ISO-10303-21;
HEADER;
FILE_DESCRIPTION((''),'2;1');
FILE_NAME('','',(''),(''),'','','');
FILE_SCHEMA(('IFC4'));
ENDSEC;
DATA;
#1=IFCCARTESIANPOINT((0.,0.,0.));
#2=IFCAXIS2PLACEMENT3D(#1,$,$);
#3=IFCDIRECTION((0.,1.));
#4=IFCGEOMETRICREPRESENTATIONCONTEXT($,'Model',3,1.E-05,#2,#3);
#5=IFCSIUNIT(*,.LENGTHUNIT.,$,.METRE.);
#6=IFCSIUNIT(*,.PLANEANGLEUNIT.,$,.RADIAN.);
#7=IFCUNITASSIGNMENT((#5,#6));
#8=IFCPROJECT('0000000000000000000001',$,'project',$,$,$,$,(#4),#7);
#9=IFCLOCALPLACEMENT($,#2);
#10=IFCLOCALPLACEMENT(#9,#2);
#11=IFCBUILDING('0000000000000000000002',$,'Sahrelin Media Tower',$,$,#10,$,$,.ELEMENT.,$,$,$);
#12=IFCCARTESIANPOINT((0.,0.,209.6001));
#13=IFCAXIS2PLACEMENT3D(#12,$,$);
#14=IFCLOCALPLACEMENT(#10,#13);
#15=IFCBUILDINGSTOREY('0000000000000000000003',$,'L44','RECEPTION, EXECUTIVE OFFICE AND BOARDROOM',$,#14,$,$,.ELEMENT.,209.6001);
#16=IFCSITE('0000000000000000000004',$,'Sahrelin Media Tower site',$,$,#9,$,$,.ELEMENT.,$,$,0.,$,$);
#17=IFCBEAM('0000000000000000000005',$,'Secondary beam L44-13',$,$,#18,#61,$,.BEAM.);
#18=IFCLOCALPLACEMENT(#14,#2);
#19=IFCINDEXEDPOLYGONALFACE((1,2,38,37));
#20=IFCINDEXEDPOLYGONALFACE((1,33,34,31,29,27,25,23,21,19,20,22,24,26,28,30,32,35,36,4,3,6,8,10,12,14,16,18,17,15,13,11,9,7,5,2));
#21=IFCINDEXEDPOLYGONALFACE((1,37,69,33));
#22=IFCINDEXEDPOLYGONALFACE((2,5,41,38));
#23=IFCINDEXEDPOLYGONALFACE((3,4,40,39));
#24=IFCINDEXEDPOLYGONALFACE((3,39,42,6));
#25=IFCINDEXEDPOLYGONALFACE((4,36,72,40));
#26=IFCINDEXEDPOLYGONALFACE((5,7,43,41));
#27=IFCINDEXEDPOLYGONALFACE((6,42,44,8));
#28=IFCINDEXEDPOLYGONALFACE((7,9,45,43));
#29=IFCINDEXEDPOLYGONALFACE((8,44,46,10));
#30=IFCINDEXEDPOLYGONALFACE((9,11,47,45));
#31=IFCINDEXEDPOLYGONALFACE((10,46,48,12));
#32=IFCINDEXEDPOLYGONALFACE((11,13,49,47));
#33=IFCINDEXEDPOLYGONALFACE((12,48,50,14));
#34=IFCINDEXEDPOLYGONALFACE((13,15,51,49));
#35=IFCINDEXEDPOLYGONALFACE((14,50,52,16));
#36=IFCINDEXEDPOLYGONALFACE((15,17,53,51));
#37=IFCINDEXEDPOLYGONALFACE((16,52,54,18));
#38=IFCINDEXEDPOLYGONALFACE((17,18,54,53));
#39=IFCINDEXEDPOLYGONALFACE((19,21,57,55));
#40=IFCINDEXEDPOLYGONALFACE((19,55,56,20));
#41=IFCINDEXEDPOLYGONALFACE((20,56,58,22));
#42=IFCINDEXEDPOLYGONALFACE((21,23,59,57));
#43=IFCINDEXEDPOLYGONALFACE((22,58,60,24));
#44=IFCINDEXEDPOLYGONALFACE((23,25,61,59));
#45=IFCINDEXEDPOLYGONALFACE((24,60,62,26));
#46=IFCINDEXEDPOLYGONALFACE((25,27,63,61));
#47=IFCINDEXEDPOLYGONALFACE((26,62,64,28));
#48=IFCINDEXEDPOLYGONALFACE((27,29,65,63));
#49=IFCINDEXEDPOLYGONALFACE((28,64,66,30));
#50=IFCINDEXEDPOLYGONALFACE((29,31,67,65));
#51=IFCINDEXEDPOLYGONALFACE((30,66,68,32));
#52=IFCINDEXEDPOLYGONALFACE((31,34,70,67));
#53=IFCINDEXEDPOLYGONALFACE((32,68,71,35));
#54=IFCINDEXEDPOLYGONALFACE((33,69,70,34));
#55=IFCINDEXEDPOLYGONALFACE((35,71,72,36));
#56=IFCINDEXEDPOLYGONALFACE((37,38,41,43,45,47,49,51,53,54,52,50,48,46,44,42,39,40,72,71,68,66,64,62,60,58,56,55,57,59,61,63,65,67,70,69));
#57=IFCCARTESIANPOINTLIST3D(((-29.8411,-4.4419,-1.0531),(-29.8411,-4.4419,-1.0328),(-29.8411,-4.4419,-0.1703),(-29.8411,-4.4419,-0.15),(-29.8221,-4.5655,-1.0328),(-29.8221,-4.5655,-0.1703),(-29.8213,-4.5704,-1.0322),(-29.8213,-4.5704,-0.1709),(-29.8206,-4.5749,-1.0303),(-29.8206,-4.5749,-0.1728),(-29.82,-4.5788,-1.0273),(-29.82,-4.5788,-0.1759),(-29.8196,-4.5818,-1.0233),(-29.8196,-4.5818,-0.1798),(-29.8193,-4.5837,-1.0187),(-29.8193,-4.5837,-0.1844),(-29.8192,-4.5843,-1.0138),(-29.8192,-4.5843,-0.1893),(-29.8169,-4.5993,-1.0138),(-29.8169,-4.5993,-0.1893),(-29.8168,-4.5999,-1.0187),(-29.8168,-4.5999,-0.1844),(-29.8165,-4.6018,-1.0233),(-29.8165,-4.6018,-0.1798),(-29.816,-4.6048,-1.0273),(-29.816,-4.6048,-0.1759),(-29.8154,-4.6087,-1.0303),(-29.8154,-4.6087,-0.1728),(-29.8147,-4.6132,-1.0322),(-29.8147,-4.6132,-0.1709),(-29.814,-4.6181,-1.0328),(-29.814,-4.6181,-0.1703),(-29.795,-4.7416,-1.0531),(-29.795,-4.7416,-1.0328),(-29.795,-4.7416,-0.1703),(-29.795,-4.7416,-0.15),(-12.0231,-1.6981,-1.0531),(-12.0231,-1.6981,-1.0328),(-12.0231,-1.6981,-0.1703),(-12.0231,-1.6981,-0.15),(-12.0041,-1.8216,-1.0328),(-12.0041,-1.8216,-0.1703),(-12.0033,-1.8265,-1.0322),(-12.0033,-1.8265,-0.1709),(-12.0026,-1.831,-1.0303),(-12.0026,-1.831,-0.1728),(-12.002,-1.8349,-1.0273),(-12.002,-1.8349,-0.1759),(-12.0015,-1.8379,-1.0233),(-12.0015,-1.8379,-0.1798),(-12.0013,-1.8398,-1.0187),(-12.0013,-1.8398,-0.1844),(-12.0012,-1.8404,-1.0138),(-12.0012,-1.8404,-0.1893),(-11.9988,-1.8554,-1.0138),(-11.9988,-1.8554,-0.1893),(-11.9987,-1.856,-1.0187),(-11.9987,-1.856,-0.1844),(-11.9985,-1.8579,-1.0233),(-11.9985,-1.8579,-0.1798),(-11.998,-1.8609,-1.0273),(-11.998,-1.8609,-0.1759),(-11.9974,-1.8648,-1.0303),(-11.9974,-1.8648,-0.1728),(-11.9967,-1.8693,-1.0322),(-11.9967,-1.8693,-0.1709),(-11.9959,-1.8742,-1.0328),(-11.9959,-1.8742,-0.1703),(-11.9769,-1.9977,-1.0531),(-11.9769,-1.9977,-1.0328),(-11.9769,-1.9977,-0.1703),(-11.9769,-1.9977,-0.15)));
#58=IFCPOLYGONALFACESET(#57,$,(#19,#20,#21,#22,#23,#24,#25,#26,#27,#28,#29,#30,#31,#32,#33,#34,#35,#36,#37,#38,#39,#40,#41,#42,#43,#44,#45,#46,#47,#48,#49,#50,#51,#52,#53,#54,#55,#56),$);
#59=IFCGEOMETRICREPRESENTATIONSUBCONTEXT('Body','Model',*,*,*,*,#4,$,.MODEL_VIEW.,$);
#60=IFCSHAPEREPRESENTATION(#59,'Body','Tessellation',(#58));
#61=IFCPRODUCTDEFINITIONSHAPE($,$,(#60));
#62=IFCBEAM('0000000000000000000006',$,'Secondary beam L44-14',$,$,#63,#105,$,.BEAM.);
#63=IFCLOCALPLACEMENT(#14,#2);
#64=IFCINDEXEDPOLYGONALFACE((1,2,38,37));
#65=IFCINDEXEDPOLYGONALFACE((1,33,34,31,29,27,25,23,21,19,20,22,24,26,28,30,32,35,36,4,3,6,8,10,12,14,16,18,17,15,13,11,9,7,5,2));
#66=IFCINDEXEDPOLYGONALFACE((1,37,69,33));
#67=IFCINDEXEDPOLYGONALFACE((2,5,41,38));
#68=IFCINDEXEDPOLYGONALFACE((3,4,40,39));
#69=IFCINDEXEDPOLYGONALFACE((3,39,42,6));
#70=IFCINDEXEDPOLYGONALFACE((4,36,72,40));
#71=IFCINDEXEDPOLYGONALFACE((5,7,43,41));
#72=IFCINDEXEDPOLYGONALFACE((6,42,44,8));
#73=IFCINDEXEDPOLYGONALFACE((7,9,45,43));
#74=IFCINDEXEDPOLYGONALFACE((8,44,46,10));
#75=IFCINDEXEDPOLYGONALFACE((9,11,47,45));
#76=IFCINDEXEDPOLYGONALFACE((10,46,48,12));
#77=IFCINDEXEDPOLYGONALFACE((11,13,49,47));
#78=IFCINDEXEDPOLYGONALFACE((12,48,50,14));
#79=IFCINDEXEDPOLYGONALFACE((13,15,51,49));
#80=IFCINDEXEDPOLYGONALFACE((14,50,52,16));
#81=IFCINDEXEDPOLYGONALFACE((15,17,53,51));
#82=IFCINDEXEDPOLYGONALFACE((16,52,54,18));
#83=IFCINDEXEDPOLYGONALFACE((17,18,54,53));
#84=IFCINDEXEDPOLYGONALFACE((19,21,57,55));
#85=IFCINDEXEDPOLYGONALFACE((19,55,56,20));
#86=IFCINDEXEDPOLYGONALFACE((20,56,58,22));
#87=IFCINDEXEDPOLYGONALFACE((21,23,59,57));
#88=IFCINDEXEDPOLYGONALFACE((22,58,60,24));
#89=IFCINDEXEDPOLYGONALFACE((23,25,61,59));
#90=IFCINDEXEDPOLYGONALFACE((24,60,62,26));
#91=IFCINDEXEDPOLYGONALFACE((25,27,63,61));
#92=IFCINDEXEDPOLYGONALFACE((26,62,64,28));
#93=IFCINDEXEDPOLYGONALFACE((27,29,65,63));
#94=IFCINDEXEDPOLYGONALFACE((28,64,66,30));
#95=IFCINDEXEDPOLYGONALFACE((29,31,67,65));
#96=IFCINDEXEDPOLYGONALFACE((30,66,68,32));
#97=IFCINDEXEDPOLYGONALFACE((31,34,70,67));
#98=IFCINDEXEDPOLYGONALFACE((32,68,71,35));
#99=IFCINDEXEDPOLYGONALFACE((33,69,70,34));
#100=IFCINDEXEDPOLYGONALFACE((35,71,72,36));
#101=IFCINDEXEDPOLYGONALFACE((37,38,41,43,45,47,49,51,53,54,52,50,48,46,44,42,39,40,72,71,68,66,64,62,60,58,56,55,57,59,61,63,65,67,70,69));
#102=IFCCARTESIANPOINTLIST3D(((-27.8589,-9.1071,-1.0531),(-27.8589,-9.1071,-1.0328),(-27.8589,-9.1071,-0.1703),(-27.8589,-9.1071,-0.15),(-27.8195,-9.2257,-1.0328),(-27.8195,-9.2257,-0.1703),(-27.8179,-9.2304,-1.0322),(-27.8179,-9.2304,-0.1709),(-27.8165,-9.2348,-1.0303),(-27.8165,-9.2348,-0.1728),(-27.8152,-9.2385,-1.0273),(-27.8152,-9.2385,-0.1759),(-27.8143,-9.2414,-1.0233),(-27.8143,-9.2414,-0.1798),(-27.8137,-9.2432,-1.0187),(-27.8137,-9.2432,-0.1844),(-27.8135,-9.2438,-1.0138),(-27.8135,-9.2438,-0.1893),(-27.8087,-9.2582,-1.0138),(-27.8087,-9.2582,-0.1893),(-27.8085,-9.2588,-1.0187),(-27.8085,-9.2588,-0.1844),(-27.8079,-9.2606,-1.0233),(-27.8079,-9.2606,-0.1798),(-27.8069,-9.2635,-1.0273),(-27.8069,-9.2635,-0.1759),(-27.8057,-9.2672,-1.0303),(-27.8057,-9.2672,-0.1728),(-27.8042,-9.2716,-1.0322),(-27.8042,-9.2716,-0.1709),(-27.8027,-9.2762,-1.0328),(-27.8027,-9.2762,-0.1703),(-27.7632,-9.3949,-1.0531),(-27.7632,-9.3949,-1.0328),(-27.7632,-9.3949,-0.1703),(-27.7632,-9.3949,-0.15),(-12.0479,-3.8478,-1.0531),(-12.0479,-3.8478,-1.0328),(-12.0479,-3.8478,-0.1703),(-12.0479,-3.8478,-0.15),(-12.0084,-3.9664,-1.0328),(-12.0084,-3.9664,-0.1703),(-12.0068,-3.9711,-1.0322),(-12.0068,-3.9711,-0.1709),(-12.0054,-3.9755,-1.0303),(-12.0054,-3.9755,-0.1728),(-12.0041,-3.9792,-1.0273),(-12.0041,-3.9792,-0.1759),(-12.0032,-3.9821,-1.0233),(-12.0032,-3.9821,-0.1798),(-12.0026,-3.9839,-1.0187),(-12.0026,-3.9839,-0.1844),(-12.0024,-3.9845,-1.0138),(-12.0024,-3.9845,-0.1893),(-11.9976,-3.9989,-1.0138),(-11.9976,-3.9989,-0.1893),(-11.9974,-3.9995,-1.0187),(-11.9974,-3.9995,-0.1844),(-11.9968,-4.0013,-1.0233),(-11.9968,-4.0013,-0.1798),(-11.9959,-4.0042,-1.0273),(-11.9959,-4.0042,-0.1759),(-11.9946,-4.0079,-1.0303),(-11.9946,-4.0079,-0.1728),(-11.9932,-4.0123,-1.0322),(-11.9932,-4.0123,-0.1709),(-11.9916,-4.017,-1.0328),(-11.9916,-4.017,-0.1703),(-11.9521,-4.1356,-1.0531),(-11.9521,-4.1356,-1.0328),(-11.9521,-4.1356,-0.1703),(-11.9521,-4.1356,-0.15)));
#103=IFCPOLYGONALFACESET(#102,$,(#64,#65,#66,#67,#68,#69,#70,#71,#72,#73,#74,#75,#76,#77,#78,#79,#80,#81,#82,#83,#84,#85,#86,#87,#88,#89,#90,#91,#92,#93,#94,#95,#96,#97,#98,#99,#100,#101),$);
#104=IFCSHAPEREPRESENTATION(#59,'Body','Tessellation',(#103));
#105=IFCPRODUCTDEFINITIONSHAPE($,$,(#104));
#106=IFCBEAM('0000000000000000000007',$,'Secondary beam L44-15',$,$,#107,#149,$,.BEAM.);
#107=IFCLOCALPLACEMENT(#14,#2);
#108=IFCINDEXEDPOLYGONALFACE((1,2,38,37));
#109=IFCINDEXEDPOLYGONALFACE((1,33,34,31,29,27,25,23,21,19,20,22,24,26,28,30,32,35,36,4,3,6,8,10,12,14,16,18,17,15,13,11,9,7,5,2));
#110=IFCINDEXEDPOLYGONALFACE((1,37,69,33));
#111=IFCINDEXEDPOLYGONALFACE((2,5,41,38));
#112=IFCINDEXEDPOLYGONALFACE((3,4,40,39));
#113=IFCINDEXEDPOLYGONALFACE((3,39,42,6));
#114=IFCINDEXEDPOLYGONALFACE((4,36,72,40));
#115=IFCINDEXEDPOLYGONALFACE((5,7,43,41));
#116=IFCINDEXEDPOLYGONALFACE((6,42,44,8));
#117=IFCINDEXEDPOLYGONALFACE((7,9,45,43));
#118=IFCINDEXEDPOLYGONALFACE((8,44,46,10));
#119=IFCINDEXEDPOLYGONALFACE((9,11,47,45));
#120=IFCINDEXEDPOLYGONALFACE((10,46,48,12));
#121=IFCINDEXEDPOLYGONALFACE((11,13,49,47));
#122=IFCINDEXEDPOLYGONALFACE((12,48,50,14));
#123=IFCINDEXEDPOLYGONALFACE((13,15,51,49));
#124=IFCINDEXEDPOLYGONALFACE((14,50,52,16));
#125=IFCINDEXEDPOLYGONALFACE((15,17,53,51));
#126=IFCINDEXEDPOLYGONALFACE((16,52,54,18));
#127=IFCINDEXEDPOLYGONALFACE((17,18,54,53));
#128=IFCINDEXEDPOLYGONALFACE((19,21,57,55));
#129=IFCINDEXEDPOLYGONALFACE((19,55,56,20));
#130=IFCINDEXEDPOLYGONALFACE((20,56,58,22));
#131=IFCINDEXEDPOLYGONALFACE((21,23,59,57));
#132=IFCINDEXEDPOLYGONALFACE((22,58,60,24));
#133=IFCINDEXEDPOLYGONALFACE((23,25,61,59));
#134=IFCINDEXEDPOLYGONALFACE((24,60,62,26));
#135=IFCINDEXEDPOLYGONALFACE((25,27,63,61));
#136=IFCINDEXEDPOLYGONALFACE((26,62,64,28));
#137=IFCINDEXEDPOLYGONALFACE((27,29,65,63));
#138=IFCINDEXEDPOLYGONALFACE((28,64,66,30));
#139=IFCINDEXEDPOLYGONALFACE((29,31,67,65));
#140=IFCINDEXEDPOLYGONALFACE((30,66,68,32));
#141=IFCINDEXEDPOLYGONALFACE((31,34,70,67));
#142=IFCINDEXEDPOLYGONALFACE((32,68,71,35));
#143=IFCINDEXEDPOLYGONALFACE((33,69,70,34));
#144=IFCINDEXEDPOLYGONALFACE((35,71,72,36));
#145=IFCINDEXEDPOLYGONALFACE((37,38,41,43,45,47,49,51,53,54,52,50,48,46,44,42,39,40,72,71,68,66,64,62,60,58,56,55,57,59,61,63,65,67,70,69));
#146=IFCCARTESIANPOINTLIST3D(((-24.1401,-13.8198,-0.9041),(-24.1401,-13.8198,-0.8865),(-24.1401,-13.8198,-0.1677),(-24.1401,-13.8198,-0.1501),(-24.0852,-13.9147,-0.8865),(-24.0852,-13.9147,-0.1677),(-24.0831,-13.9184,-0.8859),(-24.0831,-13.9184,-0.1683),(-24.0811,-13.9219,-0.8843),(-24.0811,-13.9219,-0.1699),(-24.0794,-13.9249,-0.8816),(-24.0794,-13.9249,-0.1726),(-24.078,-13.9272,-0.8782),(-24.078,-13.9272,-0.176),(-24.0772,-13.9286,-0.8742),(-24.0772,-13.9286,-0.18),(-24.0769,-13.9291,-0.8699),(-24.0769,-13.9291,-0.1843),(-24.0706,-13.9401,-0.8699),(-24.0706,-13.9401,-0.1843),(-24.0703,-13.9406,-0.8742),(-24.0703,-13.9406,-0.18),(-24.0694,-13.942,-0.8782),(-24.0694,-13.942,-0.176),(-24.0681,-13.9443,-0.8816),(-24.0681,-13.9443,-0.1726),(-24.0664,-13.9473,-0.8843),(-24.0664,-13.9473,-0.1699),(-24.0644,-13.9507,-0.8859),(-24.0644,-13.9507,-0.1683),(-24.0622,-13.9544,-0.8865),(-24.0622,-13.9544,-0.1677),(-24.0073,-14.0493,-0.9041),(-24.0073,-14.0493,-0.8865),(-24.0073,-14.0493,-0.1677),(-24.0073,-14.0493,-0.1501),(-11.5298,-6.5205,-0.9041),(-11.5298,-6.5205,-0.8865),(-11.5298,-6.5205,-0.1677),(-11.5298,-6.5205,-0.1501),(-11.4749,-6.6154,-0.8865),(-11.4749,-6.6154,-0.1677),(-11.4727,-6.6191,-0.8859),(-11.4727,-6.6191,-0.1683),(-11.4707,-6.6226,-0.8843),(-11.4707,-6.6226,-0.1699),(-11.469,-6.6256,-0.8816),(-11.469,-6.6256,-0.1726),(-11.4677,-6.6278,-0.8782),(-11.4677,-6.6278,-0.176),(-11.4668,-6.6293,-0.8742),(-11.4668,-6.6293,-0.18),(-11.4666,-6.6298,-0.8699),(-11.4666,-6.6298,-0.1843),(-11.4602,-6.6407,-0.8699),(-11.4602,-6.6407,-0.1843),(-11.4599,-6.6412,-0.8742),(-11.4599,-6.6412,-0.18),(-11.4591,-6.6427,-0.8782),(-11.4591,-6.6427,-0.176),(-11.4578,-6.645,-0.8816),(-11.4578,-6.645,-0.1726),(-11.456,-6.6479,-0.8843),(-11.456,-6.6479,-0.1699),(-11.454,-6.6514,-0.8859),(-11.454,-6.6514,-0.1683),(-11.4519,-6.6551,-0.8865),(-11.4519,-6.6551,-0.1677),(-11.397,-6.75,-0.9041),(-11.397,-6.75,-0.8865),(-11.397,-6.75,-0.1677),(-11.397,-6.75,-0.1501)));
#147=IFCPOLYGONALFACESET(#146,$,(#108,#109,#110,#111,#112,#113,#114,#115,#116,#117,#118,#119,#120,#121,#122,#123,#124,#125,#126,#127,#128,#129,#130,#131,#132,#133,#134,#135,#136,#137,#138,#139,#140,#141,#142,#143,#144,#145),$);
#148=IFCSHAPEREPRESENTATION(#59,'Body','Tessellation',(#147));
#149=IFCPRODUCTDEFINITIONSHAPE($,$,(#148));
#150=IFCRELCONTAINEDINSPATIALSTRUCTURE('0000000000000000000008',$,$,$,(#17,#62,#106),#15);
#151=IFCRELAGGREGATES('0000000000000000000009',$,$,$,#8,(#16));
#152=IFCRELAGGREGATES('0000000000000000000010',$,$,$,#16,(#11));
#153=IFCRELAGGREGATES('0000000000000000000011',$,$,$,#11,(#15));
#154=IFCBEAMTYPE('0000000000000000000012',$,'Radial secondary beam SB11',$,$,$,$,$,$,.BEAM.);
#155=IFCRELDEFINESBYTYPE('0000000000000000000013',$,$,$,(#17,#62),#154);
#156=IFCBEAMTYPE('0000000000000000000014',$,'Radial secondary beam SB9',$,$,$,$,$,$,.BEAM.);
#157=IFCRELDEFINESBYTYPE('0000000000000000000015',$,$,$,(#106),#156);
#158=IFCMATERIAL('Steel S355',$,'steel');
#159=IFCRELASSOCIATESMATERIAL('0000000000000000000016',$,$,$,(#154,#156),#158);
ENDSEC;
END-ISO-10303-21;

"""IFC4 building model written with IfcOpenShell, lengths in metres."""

from ifc_helpers import new_model, si_unit, direction, frame, origin, origin_2d, place, context, subcontext, project, spatial, i_section, extrude, material, material_profile, profile_set, type_object, element, save


model = new_model("IFC4")

# Units and contexts
model_context = context("Model", 3, precision=1e-05, world=origin(), true_north=direction((0.0, 1.0)))
body_context = subcontext(model_context, "Body", "Model", "MODEL_VIEW")
ifc_project = project(units=[si_unit("LENGTHUNIT", "METRE"), si_unit("PLANEANGLEUNIT", "RADIAN")], contexts=[model_context])

# Site, building, storey
site_placement = place(None, origin())
site = spatial("IfcSite", under=ifc_project, at=site_placement, Name="Sahrelin Media Tower site", CompositionType="ELEMENT", RefElevation=0.0)
building_placement = place(site_placement, origin())
building = spatial("IfcBuilding", under=site, at=building_placement, Name="Sahrelin Media Tower", CompositionType="ELEMENT")
storey_placement = place(building_placement, frame((0.0, 0.0, 209.6001)))
storey = spatial("IfcBuildingStorey", under=building, at=storey_placement, Name="L44", Description="RECEPTION, EXECUTIVE OFFICE AND BOARDROOM", CompositionType="ELEMENT", Elevation=209.6001)

# Beams
ifc_material_1 = material(Name="Steel S355", Category="steel")
ifc_material_profile_1 = material_profile(ifc_material_1, i_section(OverallWidth=0.3032, OverallDepth=0.9031, WebThickness=0.0151, FlangeThickness=0.0203, FilletRadius=0.019, at=origin_2d()), Name="UB 914x305x201")
ifc_profile_set_1 = profile_set([ifc_material_profile_1], Name="Steel S355")
beam_type_1 = type_object("IfcBeamType", Name="Radial secondary beam SB11", PredefinedType="BEAM", material=ifc_profile_set_1)
beam_1_placement = place(storey_placement, frame((-12.0, -1.8479, -0.6016), z_axis=(-0.98835, -0.152201, 0.0), x_axis=(0.152201, -0.98835, 0.0)))
element("IfcBeam", 1, at=beam_1_placement, inside=storey, type_object=beam_type_1, Name="Secondary beam L44-13", PredefinedType="BEAM", context=body_context, shape_type="SweptSolid", body=[
    extrude(i_section(OverallWidth=0.3032, OverallDepth=0.9031, WebThickness=0.0151, FlangeThickness=0.0203, FilletRadius=0.019, at=origin_2d()), origin(), (0.0, 0.0, 1.0), 18.0281),
])
beam_2_placement = place(storey_placement, frame((-12.0, -3.9917, -0.6016), z_axis=(-0.948882, -0.31563, 0.0), x_axis=(0.31563, -0.948882, 0.0)))
element("IfcBeam", 2, at=beam_2_placement, inside=storey, type_object=beam_type_1, Name="Secondary beam L44-14", PredefinedType="BEAM", context=body_context, shape_type="SweptSolid", body=[
    extrude(i_section(OverallWidth=0.3032, OverallDepth=0.9031, WebThickness=0.0151, FlangeThickness=0.0203, FilletRadius=0.019, at=origin_2d()), origin(), (0.0, 0.0, 1.0), 16.6628),
])
ifc_material_profile_2 = material_profile(ifc_material_1, i_section(OverallWidth=0.2651, OverallDepth=0.7539, WebThickness=0.0127, FlangeThickness=0.0176, FilletRadius=0.0166, at=origin_2d()), Name="UB 762x267x147")
ifc_profile_set_2 = profile_set([ifc_material_profile_2], Name="Steel S355")
beam_type_2 = type_object("IfcBeamType", Name="Radial secondary beam SB9", PredefinedType="BEAM", material=ifc_profile_set_2)
beam_3_placement = place(storey_placement, frame((-11.4634, -6.6353, -0.5271), z_axis=(-0.865468, -0.500964, 0.0), x_axis=(0.500964, -0.865468, 0.0)))
element("IfcBeam", 3, at=beam_3_placement, inside=storey, type_object=beam_type_2, Name="Secondary beam L44-15", PredefinedType="BEAM", context=body_context, shape_type="SweptSolid", body=[
    extrude(i_section(OverallWidth=0.2651, OverallDepth=0.7539, WebThickness=0.0127, FlangeThickness=0.0176, FilletRadius=0.0166, at=origin_2d()), origin(), (0.0, 0.0, 1.0), 14.5706),
])

save(model, "model.ifc")
